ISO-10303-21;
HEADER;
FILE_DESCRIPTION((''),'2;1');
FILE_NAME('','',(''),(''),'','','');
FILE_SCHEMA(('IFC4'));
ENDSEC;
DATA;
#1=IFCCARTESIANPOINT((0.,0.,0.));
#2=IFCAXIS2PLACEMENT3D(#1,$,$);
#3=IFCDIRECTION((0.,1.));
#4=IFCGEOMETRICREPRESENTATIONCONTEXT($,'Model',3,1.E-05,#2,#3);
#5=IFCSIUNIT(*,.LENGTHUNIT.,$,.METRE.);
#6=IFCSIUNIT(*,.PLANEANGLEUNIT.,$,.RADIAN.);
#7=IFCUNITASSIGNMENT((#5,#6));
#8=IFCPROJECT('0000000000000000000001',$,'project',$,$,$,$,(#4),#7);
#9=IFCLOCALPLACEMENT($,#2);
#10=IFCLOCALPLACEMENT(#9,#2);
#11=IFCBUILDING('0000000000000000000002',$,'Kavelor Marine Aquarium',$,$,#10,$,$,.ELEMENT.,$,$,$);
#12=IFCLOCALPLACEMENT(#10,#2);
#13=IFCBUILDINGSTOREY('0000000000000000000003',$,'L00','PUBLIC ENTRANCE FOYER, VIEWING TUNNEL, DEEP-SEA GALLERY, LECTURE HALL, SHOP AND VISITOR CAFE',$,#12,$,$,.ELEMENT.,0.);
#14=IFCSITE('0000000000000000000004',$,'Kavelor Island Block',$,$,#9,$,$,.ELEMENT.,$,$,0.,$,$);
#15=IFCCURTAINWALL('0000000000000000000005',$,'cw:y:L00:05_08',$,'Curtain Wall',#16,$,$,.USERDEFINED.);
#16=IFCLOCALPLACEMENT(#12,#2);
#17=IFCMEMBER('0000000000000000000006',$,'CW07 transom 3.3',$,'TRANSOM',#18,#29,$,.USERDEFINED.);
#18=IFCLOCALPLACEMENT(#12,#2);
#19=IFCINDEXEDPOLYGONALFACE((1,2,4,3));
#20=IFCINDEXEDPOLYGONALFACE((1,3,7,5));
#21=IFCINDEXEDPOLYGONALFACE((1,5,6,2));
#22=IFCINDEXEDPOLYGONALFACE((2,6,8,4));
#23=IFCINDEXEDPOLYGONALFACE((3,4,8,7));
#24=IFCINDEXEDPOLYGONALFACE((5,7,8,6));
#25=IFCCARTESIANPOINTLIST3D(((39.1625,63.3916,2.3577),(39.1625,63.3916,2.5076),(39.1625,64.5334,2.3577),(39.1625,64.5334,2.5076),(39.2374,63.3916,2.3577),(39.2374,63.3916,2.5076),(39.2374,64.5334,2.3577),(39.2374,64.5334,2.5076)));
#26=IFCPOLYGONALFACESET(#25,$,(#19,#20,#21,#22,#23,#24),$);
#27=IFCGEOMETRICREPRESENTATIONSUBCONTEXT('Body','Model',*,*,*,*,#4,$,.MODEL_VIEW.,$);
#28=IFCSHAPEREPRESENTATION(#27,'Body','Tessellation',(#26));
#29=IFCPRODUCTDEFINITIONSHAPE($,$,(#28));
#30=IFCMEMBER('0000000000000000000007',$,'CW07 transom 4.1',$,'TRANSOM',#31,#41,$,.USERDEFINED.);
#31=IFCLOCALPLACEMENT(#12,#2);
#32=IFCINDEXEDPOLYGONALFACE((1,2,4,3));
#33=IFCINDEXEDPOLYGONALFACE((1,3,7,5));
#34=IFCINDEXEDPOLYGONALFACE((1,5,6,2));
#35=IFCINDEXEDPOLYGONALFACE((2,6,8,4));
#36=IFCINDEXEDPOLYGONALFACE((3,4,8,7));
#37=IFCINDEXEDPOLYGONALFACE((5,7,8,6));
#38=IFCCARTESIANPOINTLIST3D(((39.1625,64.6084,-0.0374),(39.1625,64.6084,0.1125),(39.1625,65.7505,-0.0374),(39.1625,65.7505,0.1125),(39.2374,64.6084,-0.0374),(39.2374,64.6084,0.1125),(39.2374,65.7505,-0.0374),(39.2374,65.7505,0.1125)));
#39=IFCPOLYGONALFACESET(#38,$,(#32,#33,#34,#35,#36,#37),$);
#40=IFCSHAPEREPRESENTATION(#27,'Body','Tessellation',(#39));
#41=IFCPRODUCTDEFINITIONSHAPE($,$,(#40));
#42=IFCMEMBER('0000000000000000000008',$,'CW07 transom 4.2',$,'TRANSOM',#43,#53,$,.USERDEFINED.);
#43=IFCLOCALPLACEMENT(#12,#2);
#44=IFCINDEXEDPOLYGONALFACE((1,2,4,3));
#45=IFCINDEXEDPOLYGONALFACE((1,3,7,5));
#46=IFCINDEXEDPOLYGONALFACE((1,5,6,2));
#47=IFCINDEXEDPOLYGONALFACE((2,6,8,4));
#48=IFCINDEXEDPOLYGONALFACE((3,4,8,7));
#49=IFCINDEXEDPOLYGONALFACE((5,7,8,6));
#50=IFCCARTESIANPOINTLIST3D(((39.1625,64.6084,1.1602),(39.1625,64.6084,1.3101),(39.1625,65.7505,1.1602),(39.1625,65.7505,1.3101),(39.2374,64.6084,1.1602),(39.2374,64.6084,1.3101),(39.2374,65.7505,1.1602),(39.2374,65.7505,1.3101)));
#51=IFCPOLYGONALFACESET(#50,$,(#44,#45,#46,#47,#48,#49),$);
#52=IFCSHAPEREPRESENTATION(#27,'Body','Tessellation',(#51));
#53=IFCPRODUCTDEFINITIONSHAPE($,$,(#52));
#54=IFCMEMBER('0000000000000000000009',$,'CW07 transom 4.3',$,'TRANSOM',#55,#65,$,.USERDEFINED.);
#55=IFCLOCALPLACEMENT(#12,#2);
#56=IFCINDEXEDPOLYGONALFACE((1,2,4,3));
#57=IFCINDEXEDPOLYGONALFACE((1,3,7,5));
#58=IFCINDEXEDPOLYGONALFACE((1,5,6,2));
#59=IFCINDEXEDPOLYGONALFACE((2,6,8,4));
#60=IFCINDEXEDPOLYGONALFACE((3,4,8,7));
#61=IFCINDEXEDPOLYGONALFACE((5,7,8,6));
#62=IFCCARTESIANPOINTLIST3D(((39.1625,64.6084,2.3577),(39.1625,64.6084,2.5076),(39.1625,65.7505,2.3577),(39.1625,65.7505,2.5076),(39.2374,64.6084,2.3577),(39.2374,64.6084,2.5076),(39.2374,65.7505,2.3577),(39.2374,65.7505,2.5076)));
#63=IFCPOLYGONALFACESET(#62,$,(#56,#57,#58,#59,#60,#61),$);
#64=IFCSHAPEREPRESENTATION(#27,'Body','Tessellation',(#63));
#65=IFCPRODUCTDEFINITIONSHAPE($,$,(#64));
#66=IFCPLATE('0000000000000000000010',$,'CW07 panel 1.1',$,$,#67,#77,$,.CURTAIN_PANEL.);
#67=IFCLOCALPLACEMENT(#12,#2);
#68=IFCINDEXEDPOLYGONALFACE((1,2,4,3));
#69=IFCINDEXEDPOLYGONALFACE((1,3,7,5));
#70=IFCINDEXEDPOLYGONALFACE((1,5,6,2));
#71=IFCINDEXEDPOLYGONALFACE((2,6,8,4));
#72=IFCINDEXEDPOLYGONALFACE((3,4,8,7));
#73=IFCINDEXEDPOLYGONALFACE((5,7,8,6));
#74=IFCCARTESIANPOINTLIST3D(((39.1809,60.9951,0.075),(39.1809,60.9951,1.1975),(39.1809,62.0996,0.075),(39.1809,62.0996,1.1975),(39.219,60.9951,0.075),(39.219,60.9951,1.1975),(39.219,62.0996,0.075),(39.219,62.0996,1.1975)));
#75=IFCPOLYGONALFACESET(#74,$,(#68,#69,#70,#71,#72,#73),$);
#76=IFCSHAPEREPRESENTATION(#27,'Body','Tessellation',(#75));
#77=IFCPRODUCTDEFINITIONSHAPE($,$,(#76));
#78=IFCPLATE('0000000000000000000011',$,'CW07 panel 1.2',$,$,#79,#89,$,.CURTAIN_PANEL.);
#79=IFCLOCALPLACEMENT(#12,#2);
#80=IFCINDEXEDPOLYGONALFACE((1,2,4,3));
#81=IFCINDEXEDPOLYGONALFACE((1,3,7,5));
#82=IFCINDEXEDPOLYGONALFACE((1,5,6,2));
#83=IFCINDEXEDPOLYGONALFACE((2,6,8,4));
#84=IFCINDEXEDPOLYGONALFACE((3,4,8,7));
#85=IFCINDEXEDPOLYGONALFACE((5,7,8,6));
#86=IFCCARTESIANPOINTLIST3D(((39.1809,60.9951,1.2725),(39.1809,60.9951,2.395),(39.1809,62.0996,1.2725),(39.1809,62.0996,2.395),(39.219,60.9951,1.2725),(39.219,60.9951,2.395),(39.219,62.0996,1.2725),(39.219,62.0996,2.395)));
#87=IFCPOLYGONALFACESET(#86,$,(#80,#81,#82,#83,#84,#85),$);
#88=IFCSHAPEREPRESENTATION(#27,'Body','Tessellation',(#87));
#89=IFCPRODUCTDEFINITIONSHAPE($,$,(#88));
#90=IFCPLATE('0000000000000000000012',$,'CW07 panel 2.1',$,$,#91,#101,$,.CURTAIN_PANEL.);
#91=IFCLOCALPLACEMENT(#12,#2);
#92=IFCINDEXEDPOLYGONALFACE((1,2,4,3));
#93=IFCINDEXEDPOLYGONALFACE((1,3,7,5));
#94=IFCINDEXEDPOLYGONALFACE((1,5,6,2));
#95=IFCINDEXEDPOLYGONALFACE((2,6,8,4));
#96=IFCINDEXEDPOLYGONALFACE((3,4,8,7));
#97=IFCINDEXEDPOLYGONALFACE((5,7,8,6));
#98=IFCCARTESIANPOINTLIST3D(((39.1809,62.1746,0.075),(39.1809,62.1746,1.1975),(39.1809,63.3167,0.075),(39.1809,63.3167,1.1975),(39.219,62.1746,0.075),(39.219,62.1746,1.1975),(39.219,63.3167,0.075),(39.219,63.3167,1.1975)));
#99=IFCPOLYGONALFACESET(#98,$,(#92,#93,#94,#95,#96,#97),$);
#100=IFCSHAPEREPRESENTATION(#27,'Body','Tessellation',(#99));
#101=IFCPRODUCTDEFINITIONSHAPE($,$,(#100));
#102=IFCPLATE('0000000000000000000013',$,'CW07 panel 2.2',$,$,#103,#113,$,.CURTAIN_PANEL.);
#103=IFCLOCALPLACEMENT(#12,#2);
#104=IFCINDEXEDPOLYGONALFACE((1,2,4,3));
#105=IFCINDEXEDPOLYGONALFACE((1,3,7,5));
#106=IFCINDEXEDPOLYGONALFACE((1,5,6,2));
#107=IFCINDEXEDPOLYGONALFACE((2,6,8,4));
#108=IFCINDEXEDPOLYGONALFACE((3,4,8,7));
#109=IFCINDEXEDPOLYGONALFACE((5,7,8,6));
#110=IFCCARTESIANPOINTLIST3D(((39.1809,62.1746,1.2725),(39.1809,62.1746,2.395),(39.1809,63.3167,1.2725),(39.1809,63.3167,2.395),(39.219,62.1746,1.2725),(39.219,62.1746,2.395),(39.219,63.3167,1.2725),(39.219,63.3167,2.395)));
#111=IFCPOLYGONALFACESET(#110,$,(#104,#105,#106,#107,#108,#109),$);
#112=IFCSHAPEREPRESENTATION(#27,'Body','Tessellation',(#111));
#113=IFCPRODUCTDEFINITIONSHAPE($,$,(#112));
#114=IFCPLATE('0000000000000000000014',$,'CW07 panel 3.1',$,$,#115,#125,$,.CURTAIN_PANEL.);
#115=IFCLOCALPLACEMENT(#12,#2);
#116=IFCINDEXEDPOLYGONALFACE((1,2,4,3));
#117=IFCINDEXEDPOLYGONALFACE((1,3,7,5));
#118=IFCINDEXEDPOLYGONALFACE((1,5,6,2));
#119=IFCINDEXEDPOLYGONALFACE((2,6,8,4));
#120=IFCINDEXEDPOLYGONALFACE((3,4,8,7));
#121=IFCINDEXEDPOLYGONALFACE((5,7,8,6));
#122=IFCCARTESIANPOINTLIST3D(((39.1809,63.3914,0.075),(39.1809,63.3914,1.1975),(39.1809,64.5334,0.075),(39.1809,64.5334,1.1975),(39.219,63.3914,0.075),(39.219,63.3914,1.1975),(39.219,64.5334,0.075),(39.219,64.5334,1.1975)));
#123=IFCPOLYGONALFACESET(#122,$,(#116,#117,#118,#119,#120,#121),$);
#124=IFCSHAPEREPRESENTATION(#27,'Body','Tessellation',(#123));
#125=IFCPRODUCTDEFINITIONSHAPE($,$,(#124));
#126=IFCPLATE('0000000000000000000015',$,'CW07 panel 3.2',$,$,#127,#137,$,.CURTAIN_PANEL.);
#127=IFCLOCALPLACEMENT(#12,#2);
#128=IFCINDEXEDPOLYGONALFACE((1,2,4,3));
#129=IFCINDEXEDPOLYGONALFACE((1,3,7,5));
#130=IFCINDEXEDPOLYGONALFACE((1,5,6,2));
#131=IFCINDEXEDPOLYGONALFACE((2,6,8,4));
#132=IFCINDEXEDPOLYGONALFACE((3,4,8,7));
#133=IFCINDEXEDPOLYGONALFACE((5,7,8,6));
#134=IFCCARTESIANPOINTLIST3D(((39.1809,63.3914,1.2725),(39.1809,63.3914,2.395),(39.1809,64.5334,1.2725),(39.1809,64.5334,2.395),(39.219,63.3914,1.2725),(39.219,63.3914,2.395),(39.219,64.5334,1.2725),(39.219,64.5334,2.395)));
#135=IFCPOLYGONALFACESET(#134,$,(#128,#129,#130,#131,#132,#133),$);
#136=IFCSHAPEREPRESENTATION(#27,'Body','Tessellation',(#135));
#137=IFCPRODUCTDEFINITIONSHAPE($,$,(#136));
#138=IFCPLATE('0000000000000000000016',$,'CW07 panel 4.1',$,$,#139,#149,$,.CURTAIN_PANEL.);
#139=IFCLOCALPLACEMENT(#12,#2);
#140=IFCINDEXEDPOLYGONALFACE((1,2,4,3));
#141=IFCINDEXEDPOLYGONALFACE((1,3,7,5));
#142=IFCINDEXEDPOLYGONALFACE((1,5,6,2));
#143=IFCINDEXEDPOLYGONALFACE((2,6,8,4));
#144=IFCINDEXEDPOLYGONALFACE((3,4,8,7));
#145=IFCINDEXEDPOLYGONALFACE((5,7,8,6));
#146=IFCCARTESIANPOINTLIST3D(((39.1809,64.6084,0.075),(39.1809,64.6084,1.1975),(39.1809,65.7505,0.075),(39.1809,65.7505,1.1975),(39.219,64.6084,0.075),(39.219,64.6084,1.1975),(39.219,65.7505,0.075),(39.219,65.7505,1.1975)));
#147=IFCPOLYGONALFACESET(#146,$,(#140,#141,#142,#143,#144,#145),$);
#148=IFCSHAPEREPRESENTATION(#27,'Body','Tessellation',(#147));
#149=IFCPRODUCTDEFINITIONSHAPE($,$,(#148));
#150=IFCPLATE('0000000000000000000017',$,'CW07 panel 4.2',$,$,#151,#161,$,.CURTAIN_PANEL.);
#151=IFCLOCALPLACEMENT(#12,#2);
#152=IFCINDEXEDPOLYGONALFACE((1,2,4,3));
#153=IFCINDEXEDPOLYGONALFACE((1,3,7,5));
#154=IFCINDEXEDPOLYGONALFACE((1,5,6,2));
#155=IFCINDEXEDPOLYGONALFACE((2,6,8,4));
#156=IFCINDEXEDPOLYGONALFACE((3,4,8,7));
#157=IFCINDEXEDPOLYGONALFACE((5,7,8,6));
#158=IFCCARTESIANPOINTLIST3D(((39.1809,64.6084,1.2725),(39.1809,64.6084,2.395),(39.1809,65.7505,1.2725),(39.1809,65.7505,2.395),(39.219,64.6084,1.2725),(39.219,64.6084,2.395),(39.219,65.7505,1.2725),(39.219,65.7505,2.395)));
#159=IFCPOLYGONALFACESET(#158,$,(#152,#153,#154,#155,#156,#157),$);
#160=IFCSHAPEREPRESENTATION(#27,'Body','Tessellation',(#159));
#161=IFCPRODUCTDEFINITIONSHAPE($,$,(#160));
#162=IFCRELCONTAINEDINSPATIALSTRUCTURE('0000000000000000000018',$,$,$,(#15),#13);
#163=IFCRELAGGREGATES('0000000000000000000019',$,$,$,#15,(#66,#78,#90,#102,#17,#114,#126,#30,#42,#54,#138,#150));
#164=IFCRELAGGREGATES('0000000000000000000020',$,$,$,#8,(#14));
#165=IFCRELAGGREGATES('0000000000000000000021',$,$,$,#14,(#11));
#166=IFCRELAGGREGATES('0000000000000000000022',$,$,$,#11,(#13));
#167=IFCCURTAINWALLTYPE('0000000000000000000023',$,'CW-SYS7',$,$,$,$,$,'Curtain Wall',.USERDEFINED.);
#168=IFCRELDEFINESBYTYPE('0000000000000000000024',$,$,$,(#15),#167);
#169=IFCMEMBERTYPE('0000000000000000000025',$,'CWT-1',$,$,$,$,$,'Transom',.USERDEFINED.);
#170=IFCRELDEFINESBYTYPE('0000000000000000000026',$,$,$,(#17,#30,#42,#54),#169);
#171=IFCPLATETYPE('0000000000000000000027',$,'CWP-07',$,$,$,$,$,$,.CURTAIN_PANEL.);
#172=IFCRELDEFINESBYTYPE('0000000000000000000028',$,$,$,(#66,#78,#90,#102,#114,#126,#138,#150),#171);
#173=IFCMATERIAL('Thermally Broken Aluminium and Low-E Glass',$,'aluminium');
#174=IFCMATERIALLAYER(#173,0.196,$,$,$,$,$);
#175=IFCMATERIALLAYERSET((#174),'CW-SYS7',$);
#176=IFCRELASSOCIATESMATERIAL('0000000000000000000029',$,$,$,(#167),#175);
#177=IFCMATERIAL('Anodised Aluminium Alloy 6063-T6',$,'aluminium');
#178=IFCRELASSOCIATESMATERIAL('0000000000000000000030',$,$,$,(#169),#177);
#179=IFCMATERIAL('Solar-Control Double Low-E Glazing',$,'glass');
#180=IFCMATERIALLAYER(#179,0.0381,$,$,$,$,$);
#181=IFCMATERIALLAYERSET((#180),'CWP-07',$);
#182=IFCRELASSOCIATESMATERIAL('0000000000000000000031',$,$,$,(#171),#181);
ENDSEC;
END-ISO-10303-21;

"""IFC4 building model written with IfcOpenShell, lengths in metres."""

from ifc_helpers import new_model, si_unit, direction, frame, origin, origin_2d, place, context, subcontext, project, spatial, rectangle, extrude, material, layer, layer_set, material_profile, profile_set, type_object, element, aggregate, save


model = new_model("IFC4")

# Units and contexts
model_context = context("Model", 3, precision=1e-05, world=origin(), true_north=direction((0.0, 1.0)))
body_context = subcontext(model_context, "Body", "Model", "MODEL_VIEW")
ifc_project = project(units=[si_unit("LENGTHUNIT", "METRE"), si_unit("PLANEANGLEUNIT", "RADIAN")], contexts=[model_context])

# Site, building, storey
site_placement = place(None, origin())
site = spatial("IfcSite", under=ifc_project, at=site_placement, Name="Kavelor Island Block", CompositionType="ELEMENT", RefElevation=0.0)
building_placement = place(site_placement, origin())
building = spatial("IfcBuilding", under=site, at=building_placement, Name="Kavelor Marine Aquarium", CompositionType="ELEMENT")
storey_placement = place(building_placement, origin())
storey = spatial("IfcBuildingStorey", under=building, at=storey_placement, Name="L00", Description="PUBLIC ENTRANCE FOYER, VIEWING TUNNEL, DEEP-SEA GALLERY, LECTURE HALL, SHOP AND VISITOR CAFE", CompositionType="ELEMENT", Elevation=0.0)

# Curtain wall, members, plates
ifc_material_1 = material(Name="Thermally Broken Aluminium and Low-E Glass", Category="aluminium")
ifc_layer_1 = layer(ifc_material_1, 0.196)
ifc_layer_set_1 = layer_set([ifc_layer_1], Name="CW-SYS7")
curtain_wall_type = type_object("IfcCurtainWallType", Name="CW-SYS7", ElementType="Curtain Wall", PredefinedType="USERDEFINED", material=ifc_layer_set_1)
curtain_wall_placement = place(storey_placement, origin())
curtain_wall = element("IfcCurtainWall", 1, at=curtain_wall_placement, inside=storey, type_object=curtain_wall_type, Name="cw:y:L00:05_08", ObjectType="Curtain Wall", PredefinedType="USERDEFINED")
ifc_material_2 = material(Name="Anodised Aluminium Alloy 6063-T6", Category="aluminium")
ifc_material_profile_1 = material_profile(ifc_material_2, rectangle(XDim=0.075, YDim=0.1499, at=origin_2d()), Name="CW-TRN 75x150")
ifc_profile_set_1 = profile_set([ifc_material_profile_1], Name="Anodised Aluminium Alloy 6063-T6")
member_type_1 = type_object("IfcMemberType", Name="CWT-1", ElementType="Transom", PredefinedType="USERDEFINED", material=ifc_profile_set_1)
member_1_placement = place(storey_placement, frame((39.2, 63.3916, 2.4326), z_axis=(0.0, 1.0, 0.0), x_axis=(-1.0, 0.0, 0.0)))
member_1 = element("IfcMember", 2, at=member_1_placement, type_object=member_type_1, Name="CW07 transom 3.3", ObjectType="TRANSOM", PredefinedType="USERDEFINED", context=body_context, shape_type="SweptSolid", body=[
    extrude(rectangle(XDim=0.075, YDim=0.1499, at=origin_2d()), origin(), (0.0, 0.0, 1.0), 1.1418),
])
member_2_placement = place(storey_placement, frame((39.2, 64.6084, 0.0376), z_axis=(0.0, 1.0, 0.0), x_axis=(-1.0, 0.0, 0.0)))
member_2 = element("IfcMember", 3, at=member_2_placement, type_object=member_type_1, Name="CW07 transom 4.1", ObjectType="TRANSOM", PredefinedType="USERDEFINED", context=body_context, shape_type="SweptSolid", body=[
    extrude(rectangle(XDim=0.075, YDim=0.1499, at=origin_2d()), origin(), (0.0, 0.0, 1.0), 1.1421),
])
member_3_placement = place(storey_placement, frame((39.2, 64.6084, 1.2351), z_axis=(0.0, 1.0, 0.0), x_axis=(-1.0, 0.0, 0.0)))
member_3 = element("IfcMember", 4, at=member_3_placement, type_object=member_type_1, Name="CW07 transom 4.2", ObjectType="TRANSOM", PredefinedType="USERDEFINED", context=body_context, shape_type="SweptSolid", body=[
    extrude(rectangle(XDim=0.075, YDim=0.1499, at=origin_2d()), origin(), (0.0, 0.0, 1.0), 1.1421),
])
member_4_placement = place(storey_placement, frame((39.2, 64.6084, 2.4326), z_axis=(0.0, 1.0, 0.0), x_axis=(-1.0, 0.0, 0.0)))
member_4 = element("IfcMember", 5, at=member_4_placement, type_object=member_type_1, Name="CW07 transom 4.3", ObjectType="TRANSOM", PredefinedType="USERDEFINED", context=body_context, shape_type="SweptSolid", body=[
    extrude(rectangle(XDim=0.075, YDim=0.1499, at=origin_2d()), origin(), (0.0, 0.0, 1.0), 1.1421),
])
ifc_material_3 = material(Name="Solar-Control Double Low-E Glazing", Category="glass")
ifc_layer_2 = layer(ifc_material_3, 0.0381)
ifc_layer_set_2 = layer_set([ifc_layer_2], Name="CWP-07")
plate_type = type_object("IfcPlateType", Name="CWP-07", PredefinedType="CURTAIN_PANEL", material=ifc_layer_set_2)
plate_1_placement = place(storey_placement, frame((39.2, 61.5474, 0.075), z_axis=(0.0, 0.0, 1.0), x_axis=(0.0, 1.0, 0.0)))
plate_1 = element("IfcPlate", 6, at=plate_1_placement, type_object=plate_type, Name="CW07 panel 1.1", PredefinedType="CURTAIN_PANEL", context=body_context, shape_type="SweptSolid", body=[
    extrude(rectangle(XDim=1.1045, YDim=0.0381, at=origin_2d()), origin(), (0.0, 0.0, 1.0), 1.1226),
])
plate_2_placement = place(storey_placement, frame((39.2, 61.5474, 1.2725), z_axis=(0.0, 0.0, 1.0), x_axis=(0.0, 1.0, 0.0)))
plate_2 = element("IfcPlate", 7, at=plate_2_placement, type_object=plate_type, Name="CW07 panel 1.2", PredefinedType="CURTAIN_PANEL", context=body_context, shape_type="SweptSolid", body=[
    extrude(rectangle(XDim=1.1045, YDim=0.0381, at=origin_2d()), origin(), (0.0, 0.0, 1.0), 1.1226),
])
plate_3_placement = place(storey_placement, frame((39.2, 62.7456, 0.075), z_axis=(0.0, 0.0, 1.0), x_axis=(0.0, 1.0, 0.0)))
plate_3 = element("IfcPlate", 8, at=plate_3_placement, type_object=plate_type, Name="CW07 panel 2.1", PredefinedType="CURTAIN_PANEL", context=body_context, shape_type="SweptSolid", body=[
    extrude(rectangle(XDim=1.1421, YDim=0.0381, at=origin_2d()), origin(), (0.0, 0.0, 1.0), 1.1226),
])
plate_4_placement = place(storey_placement, frame((39.2, 62.7456, 1.2725), z_axis=(0.0, 0.0, 1.0), x_axis=(0.0, 1.0, 0.0)))
plate_4 = element("IfcPlate", 9, at=plate_4_placement, type_object=plate_type, Name="CW07 panel 2.2", PredefinedType="CURTAIN_PANEL", context=body_context, shape_type="SweptSolid", body=[
    extrude(rectangle(XDim=1.1421, YDim=0.0381, at=origin_2d()), origin(), (0.0, 0.0, 1.0), 1.1226),
])
plate_5_placement = place(storey_placement, frame((39.2, 63.9624, 0.075), z_axis=(0.0, 0.0, 1.0), x_axis=(0.0, 1.0, 0.0)))
plate_5 = element("IfcPlate", 10, at=plate_5_placement, type_object=plate_type, Name="CW07 panel 3.1", PredefinedType="CURTAIN_PANEL", context=body_context, shape_type="SweptSolid", body=[
    extrude(rectangle(XDim=1.1421, YDim=0.0381, at=origin_2d()), origin(), (0.0, 0.0, 1.0), 1.1226),
])
plate_6_placement = place(storey_placement, frame((39.2, 63.9624, 1.2725), z_axis=(0.0, 0.0, 1.0), x_axis=(0.0, 1.0, 0.0)))
plate_6 = element("IfcPlate", 11, at=plate_6_placement, type_object=plate_type, Name="CW07 panel 3.2", PredefinedType="CURTAIN_PANEL", context=body_context, shape_type="SweptSolid", body=[
    extrude(rectangle(XDim=1.1421, YDim=0.0381, at=origin_2d()), origin(), (0.0, 0.0, 1.0), 1.1226),
])
plate_7_placement = place(storey_placement, frame((39.2, 65.1794, 0.075), z_axis=(0.0, 0.0, 1.0), x_axis=(0.0, 1.0, 0.0)))
plate_7 = element("IfcPlate", 12, at=plate_7_placement, type_object=plate_type, Name="CW07 panel 4.1", PredefinedType="CURTAIN_PANEL", context=body_context, shape_type="SweptSolid", body=[
    extrude(rectangle(XDim=1.1421, YDim=0.0381, at=origin_2d()), origin(), (0.0, 0.0, 1.0), 1.1226),
])
plate_8_placement = place(storey_placement, frame((39.2, 65.1794, 1.2725), z_axis=(0.0, 0.0, 1.0), x_axis=(0.0, 1.0, 0.0)))
plate_8 = element("IfcPlate", 13, at=plate_8_placement, type_object=plate_type, Name="CW07 panel 4.2", PredefinedType="CURTAIN_PANEL", context=body_context, shape_type="SweptSolid", body=[
    extrude(rectangle(XDim=1.1421, YDim=0.0381, at=origin_2d()), origin(), (0.0, 0.0, 1.0), 1.1226),
])
aggregate(curtain_wall, [plate_1, plate_2, plate_3, plate_4, member_1, plate_5, plate_6, member_2, member_3, member_4, plate_7, plate_8])

save(model, "model.ifc")
